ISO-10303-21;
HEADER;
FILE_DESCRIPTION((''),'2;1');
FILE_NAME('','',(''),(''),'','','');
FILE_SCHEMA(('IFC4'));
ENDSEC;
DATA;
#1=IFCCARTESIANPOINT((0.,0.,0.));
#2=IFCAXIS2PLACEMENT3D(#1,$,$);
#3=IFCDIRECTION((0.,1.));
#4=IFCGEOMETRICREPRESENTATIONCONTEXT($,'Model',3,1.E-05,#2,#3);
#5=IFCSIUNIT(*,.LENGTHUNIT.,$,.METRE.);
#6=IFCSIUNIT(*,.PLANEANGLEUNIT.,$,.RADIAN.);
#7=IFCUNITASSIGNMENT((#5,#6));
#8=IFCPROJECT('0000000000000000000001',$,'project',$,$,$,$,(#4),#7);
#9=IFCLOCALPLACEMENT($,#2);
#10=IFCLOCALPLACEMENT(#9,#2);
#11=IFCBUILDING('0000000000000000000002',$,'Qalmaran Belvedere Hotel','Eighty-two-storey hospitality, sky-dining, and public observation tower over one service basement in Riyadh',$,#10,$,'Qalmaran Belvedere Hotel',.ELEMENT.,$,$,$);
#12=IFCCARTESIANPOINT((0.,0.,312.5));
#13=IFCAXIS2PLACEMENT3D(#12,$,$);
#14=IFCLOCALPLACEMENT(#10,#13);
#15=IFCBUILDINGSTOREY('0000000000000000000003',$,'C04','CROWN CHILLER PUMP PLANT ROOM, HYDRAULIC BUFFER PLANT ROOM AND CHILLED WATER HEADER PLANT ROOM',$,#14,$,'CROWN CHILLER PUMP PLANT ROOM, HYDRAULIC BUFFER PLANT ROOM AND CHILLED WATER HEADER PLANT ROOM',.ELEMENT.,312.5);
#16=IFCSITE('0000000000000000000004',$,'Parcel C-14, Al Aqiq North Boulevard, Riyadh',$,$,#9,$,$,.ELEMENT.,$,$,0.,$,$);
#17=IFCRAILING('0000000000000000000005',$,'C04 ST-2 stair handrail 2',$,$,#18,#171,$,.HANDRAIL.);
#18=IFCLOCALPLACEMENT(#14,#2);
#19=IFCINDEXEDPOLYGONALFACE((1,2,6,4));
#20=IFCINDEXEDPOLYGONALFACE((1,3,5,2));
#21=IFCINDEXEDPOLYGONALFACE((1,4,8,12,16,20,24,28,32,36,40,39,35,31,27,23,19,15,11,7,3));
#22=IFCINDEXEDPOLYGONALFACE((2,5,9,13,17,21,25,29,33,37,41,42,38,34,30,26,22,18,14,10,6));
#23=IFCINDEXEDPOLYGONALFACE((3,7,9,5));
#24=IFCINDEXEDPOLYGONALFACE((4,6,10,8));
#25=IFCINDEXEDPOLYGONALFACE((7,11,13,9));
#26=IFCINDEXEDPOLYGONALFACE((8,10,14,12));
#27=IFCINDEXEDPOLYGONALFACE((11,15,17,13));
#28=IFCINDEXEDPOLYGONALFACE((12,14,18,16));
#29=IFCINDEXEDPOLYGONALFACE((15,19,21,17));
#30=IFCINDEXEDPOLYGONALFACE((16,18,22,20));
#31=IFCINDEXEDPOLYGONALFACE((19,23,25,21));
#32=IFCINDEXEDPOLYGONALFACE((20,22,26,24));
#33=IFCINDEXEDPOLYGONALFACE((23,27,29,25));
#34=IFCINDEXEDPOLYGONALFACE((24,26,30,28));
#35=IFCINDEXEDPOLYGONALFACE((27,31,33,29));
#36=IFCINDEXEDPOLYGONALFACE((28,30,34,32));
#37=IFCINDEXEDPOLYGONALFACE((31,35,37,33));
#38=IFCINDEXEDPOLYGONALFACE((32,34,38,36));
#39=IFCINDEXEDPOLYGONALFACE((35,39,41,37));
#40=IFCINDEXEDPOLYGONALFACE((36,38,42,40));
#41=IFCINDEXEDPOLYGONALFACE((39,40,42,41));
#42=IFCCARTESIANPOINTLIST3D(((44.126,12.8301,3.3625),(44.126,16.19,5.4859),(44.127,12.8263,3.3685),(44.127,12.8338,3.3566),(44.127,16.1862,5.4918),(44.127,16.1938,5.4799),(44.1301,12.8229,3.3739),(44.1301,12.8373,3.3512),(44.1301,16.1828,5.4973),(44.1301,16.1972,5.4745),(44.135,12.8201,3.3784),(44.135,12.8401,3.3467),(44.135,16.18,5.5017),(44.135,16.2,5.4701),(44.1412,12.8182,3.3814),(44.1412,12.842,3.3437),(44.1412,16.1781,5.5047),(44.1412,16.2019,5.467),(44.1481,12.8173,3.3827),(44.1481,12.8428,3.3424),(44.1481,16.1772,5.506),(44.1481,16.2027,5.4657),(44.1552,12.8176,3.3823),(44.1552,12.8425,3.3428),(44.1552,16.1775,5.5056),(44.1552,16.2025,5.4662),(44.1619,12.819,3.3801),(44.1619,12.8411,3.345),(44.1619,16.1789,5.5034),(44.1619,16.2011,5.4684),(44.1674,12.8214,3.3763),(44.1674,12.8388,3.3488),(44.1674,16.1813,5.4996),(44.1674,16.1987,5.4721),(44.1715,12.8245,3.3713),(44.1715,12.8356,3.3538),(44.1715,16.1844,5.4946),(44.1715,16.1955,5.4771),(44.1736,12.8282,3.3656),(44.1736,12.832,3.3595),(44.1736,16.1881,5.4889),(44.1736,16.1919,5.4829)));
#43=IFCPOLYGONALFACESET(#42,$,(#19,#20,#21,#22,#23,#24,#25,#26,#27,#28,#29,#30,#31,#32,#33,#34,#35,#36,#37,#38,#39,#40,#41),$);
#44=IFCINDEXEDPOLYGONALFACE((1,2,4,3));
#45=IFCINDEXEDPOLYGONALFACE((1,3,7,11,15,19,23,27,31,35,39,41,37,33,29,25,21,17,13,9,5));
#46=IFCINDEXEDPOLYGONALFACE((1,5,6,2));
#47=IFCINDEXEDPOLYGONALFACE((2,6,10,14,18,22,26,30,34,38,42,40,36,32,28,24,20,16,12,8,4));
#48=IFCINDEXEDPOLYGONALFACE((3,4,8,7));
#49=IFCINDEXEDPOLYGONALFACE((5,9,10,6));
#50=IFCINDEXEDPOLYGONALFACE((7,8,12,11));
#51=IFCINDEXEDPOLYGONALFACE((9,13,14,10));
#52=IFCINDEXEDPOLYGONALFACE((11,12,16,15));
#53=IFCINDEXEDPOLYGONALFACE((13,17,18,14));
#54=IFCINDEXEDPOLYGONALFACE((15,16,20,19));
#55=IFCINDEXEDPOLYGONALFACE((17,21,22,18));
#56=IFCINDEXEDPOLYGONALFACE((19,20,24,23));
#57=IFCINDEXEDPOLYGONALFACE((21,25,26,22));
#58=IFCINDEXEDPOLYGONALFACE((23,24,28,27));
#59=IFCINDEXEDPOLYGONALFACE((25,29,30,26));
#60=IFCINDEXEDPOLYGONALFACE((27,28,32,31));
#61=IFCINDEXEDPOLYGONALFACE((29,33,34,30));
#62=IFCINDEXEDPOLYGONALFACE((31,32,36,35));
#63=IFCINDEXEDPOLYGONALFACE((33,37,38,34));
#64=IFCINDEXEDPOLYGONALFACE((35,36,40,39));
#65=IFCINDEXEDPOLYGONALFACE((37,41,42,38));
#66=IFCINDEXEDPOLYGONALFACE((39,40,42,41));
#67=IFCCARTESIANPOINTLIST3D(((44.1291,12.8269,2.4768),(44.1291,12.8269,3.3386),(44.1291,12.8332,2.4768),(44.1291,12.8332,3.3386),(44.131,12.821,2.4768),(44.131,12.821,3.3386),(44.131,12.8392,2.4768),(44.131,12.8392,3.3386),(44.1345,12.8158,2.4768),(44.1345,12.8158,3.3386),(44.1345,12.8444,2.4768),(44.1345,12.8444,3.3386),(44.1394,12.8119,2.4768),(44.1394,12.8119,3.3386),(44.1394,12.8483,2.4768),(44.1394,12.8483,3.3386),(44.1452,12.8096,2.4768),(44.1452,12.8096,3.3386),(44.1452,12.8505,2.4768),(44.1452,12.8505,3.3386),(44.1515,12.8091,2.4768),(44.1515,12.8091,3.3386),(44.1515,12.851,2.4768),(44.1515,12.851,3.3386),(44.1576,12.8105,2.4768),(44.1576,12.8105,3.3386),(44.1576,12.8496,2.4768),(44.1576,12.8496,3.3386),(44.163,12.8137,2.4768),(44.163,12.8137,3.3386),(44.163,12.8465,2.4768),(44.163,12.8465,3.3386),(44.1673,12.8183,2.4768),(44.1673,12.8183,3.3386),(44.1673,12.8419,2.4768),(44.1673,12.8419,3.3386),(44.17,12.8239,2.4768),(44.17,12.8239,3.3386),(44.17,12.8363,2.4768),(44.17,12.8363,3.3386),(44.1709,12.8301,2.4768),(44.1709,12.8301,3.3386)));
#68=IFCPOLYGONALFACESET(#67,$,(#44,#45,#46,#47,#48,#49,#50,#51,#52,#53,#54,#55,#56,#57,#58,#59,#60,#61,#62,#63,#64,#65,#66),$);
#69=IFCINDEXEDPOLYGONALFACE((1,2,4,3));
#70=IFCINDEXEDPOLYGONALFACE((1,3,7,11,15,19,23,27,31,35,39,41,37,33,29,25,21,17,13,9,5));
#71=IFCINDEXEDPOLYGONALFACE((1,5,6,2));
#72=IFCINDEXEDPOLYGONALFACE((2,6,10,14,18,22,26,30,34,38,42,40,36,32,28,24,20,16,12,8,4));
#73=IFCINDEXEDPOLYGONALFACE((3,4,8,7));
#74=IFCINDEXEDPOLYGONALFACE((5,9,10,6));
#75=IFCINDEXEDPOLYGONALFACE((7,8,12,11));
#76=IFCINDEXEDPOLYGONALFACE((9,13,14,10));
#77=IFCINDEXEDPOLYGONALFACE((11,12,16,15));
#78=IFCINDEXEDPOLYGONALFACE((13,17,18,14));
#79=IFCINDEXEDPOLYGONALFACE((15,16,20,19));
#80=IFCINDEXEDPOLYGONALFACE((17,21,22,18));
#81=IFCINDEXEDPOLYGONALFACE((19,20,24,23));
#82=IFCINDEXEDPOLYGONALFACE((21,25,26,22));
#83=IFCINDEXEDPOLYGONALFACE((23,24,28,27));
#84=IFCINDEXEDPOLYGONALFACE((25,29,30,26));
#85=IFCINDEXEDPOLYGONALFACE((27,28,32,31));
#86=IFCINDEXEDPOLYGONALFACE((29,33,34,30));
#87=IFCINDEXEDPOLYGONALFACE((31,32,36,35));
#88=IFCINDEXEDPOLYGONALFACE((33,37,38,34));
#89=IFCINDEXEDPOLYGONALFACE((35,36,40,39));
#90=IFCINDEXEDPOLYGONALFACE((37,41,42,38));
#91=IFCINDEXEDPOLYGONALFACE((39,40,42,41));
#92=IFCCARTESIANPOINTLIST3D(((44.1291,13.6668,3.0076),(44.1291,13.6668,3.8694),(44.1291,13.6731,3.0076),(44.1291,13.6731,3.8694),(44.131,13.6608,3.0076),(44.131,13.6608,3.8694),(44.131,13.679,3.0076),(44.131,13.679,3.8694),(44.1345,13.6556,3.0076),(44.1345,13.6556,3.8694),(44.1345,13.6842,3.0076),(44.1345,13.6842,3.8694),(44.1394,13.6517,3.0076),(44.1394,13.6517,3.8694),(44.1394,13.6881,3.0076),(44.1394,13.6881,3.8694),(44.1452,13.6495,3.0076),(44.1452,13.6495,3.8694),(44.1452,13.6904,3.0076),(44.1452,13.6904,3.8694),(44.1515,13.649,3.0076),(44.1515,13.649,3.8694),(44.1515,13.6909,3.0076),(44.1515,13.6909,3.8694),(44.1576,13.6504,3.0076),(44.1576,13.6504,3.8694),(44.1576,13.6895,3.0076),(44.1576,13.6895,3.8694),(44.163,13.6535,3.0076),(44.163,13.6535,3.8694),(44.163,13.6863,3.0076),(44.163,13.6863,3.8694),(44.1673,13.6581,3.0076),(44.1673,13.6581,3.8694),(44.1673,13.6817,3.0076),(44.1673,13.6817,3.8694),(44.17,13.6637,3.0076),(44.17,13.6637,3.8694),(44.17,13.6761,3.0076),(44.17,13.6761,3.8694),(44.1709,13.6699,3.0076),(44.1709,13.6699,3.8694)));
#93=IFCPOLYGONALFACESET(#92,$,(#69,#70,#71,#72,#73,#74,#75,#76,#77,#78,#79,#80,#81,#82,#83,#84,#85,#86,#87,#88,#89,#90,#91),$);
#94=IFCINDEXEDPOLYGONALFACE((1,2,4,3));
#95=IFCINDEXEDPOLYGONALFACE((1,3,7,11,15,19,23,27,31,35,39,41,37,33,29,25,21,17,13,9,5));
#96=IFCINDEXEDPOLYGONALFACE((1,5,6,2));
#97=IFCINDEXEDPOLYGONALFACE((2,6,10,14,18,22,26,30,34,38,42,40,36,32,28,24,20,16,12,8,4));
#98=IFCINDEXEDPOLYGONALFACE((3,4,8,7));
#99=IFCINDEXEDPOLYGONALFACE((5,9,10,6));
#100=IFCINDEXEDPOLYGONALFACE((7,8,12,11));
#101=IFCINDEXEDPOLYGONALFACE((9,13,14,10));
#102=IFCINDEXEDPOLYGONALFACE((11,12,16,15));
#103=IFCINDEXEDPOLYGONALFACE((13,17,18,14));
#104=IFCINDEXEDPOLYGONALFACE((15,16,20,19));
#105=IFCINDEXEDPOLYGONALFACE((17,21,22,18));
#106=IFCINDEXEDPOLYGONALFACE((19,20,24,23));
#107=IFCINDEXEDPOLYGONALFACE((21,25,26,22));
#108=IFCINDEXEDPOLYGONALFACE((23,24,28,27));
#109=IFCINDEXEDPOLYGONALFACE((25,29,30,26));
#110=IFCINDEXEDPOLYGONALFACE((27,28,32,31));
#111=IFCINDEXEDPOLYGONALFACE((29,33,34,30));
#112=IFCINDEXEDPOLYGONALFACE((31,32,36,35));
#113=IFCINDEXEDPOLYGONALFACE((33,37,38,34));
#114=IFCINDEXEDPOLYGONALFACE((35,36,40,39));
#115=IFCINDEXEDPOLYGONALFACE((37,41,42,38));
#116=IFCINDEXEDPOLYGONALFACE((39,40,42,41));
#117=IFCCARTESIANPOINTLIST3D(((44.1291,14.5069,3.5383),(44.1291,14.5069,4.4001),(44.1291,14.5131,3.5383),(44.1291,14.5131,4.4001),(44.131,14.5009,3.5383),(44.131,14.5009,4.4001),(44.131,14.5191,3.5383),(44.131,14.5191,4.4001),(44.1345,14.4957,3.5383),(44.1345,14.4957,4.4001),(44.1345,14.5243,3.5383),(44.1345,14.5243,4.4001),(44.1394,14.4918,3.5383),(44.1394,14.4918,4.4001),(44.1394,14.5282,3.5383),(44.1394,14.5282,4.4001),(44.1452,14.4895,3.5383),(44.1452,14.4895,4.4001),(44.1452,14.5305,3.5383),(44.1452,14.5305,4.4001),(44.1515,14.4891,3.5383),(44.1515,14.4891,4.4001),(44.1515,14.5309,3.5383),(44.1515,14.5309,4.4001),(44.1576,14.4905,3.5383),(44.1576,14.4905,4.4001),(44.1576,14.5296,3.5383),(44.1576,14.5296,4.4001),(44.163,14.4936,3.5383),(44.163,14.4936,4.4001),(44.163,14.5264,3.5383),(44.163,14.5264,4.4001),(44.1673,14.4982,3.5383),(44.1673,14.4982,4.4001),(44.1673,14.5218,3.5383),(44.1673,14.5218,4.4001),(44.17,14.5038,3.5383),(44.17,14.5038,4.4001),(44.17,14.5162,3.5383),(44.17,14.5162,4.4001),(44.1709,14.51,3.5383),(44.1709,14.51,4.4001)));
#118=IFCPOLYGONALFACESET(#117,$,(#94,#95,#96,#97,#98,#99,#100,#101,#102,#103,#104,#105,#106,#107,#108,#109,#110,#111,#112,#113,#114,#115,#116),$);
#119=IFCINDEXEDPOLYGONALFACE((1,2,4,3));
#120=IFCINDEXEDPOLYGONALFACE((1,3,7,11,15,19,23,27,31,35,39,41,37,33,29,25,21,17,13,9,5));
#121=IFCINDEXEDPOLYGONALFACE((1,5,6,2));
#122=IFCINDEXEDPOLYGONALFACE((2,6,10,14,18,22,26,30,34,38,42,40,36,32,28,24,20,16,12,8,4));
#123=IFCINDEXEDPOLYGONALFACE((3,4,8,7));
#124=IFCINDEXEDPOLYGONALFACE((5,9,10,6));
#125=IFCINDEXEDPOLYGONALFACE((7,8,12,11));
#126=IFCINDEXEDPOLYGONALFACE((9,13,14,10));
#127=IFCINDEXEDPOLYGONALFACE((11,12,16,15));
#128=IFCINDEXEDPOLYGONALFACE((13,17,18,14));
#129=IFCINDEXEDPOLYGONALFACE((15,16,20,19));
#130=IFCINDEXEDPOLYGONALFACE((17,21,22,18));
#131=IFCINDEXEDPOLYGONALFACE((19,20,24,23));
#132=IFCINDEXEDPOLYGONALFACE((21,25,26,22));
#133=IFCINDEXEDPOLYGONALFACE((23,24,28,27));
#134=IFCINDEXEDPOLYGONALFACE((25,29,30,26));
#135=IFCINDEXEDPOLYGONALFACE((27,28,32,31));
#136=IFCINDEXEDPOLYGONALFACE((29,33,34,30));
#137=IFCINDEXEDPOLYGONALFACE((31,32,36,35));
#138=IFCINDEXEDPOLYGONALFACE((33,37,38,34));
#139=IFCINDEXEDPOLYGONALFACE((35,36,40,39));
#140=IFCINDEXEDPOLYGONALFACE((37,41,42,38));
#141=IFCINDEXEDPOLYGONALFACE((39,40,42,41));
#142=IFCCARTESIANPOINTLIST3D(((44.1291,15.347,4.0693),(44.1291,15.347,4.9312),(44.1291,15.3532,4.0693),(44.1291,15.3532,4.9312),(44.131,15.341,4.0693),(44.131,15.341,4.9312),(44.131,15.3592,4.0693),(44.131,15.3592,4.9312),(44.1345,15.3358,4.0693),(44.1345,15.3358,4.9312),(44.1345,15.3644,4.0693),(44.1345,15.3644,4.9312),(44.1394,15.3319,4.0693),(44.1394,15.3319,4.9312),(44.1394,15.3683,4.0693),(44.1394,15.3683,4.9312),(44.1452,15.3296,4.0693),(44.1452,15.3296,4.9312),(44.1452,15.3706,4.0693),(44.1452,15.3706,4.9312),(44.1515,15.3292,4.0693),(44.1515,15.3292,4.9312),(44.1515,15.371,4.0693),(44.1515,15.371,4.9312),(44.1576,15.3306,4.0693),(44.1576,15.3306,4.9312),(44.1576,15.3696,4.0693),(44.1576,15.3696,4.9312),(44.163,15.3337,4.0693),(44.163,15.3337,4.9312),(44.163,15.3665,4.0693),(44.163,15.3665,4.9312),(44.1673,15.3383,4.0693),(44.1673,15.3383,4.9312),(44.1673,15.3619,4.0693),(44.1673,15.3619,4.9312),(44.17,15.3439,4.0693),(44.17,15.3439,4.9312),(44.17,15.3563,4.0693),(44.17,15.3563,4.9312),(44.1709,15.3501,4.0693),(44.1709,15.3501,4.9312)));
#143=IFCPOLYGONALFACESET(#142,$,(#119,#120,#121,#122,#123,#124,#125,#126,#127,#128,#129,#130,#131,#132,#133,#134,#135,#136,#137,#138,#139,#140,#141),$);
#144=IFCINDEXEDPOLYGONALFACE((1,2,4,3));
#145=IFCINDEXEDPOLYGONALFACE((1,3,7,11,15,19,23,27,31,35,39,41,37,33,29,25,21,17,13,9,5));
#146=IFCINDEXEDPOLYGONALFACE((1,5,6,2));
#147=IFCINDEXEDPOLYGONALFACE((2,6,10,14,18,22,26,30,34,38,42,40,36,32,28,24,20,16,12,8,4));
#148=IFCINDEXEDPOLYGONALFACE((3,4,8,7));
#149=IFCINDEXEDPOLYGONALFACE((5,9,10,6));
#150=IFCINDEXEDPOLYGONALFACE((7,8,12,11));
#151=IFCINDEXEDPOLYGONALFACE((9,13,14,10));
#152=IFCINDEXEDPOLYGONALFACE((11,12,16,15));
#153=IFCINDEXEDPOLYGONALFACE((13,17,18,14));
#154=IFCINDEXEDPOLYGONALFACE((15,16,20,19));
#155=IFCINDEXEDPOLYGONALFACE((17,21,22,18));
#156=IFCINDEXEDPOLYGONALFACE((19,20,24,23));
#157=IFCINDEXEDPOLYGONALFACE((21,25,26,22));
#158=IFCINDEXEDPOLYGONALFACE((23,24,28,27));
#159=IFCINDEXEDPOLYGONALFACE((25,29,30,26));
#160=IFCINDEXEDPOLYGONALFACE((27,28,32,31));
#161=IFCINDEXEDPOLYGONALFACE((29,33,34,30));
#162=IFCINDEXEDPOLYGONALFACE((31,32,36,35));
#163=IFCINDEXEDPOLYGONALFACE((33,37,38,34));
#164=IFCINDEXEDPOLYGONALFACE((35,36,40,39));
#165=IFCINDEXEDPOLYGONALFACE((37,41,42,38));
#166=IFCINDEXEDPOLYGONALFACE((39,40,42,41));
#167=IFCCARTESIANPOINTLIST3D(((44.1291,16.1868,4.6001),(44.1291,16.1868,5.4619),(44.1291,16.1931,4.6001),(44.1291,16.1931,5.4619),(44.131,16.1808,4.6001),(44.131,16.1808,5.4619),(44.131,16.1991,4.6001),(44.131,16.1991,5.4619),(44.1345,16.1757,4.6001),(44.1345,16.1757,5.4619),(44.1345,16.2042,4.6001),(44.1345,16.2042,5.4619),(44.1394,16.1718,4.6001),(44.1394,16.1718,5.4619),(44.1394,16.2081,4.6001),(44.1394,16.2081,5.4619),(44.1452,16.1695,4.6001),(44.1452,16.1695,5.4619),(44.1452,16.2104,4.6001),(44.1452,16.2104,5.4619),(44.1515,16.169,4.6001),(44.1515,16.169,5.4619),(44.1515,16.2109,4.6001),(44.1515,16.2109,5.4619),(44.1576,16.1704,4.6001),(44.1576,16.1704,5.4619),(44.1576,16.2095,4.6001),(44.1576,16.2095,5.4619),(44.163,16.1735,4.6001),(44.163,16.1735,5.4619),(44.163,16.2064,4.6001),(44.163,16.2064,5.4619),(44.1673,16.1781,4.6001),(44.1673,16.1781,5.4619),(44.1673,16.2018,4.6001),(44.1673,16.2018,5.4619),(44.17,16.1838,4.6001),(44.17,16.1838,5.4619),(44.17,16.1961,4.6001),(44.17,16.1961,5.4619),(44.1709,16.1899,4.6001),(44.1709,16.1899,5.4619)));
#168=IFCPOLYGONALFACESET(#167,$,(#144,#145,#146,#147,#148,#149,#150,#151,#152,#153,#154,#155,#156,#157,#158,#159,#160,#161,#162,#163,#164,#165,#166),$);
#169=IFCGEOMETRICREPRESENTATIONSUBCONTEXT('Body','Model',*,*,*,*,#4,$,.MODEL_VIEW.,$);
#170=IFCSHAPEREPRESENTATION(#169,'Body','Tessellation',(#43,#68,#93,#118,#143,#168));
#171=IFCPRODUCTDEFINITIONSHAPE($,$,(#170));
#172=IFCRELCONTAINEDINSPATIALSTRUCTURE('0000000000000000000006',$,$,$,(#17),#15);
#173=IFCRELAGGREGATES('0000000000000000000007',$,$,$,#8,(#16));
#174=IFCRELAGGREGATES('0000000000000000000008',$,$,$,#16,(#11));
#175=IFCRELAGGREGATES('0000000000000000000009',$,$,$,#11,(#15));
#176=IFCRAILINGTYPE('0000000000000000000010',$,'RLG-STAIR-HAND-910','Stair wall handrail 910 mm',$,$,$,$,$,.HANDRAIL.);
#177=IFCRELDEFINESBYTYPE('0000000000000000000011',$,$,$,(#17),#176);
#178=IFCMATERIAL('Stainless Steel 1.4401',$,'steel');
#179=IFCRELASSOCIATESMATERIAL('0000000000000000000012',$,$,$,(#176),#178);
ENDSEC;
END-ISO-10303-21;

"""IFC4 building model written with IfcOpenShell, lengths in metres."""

from ifc_helpers import new_model, si_unit, direction, frame, origin, origin_2d, place, context, subcontext, project, spatial, circle, extrude, material, type_object, element, save


model = new_model("IFC4")

# Units and contexts
model_context = context("Model", 3, precision=1e-05, world=origin(), true_north=direction((0.0, 1.0)))
body_context = subcontext(model_context, "Body", "Model", "MODEL_VIEW")
ifc_project = project(units=[si_unit("LENGTHUNIT", "METRE"), si_unit("PLANEANGLEUNIT", "RADIAN")], contexts=[model_context])

# Site, building, storey
site_placement = place(None, origin())
site = spatial("IfcSite", under=ifc_project, at=site_placement, Name="Parcel C-14, Al Aqiq North Boulevard, Riyadh", CompositionType="ELEMENT", RefElevation=0.0)
building_placement = place(site_placement, origin())
building = spatial("IfcBuilding", under=site, at=building_placement, Name="Qalmaran Belvedere Hotel", Description="Eighty-two-storey hospitality, sky-dining, and public observation tower over one service basement in Riyadh", LongName="Qalmaran Belvedere Hotel", CompositionType="ELEMENT")
storey_placement = place(building_placement, frame((0.0, 0.0, 312.5)))
storey = spatial("IfcBuildingStorey", under=building, at=storey_placement, Name="C04", Description="CROWN CHILLER PUMP PLANT ROOM, HYDRAULIC BUFFER PLANT ROOM AND CHILLED WATER HEADER PLANT ROOM", LongName="CROWN CHILLER PUMP PLANT ROOM, HYDRAULIC BUFFER PLANT ROOM AND CHILLED WATER HEADER PLANT ROOM", CompositionType="ELEMENT", Elevation=312.5)

# Railing
ifc_material_1 = material(Name="Stainless Steel 1.4401", Category="steel")
railing_type_1 = type_object("IfcRailingType", Name="RLG-STAIR-HAND-910", Description="Stair wall handrail 910 mm", PredefinedType="HANDRAIL", material=ifc_material_1)
railing_1_placement = place(storey_placement, frame((44.1499, 12.8301, 2.4768)))
element("IfcRailing", 1, at=railing_1_placement, inside=storey, type_object=railing_type_1, Name="C04 ST-2 stair handrail 2", PredefinedType="HANDRAIL", context=body_context, shape_type="SweptSolid", body=[
    extrude(circle(Radius=0.0239, at=origin_2d()), frame((0.0, 0.0, 0.8857), z_axis=(0.0, 0.845344, 0.534222), x_axis=(-1.0, 0.0, 0.0)), (0.0, 0.0, 1.0), 3.9746),
    extrude(circle(Radius=0.021, at=origin_2d()), origin(), (0.0, 0.0, 1.0), 0.8618),
    extrude(circle(Radius=0.021, at=origin_2d()), frame((0.0, 0.8398, 0.5308)), (0.0, 0.0, 1.0), 0.8618),
    extrude(circle(Radius=0.021, at=origin_2d()), frame((0.0, 1.6799, 1.0615)), (0.0, 0.0, 1.0), 0.8618),
    extrude(circle(Radius=0.021, at=origin_2d()), frame((0.0, 2.52, 1.5925)), (0.0, 0.0, 1.0), 0.8618),
    extrude(circle(Radius=0.021, at=origin_2d()), frame((0.0, 3.3599, 2.1233)), (0.0, 0.0, 1.0), 0.8618),
])

save(model, "model.ifc")
